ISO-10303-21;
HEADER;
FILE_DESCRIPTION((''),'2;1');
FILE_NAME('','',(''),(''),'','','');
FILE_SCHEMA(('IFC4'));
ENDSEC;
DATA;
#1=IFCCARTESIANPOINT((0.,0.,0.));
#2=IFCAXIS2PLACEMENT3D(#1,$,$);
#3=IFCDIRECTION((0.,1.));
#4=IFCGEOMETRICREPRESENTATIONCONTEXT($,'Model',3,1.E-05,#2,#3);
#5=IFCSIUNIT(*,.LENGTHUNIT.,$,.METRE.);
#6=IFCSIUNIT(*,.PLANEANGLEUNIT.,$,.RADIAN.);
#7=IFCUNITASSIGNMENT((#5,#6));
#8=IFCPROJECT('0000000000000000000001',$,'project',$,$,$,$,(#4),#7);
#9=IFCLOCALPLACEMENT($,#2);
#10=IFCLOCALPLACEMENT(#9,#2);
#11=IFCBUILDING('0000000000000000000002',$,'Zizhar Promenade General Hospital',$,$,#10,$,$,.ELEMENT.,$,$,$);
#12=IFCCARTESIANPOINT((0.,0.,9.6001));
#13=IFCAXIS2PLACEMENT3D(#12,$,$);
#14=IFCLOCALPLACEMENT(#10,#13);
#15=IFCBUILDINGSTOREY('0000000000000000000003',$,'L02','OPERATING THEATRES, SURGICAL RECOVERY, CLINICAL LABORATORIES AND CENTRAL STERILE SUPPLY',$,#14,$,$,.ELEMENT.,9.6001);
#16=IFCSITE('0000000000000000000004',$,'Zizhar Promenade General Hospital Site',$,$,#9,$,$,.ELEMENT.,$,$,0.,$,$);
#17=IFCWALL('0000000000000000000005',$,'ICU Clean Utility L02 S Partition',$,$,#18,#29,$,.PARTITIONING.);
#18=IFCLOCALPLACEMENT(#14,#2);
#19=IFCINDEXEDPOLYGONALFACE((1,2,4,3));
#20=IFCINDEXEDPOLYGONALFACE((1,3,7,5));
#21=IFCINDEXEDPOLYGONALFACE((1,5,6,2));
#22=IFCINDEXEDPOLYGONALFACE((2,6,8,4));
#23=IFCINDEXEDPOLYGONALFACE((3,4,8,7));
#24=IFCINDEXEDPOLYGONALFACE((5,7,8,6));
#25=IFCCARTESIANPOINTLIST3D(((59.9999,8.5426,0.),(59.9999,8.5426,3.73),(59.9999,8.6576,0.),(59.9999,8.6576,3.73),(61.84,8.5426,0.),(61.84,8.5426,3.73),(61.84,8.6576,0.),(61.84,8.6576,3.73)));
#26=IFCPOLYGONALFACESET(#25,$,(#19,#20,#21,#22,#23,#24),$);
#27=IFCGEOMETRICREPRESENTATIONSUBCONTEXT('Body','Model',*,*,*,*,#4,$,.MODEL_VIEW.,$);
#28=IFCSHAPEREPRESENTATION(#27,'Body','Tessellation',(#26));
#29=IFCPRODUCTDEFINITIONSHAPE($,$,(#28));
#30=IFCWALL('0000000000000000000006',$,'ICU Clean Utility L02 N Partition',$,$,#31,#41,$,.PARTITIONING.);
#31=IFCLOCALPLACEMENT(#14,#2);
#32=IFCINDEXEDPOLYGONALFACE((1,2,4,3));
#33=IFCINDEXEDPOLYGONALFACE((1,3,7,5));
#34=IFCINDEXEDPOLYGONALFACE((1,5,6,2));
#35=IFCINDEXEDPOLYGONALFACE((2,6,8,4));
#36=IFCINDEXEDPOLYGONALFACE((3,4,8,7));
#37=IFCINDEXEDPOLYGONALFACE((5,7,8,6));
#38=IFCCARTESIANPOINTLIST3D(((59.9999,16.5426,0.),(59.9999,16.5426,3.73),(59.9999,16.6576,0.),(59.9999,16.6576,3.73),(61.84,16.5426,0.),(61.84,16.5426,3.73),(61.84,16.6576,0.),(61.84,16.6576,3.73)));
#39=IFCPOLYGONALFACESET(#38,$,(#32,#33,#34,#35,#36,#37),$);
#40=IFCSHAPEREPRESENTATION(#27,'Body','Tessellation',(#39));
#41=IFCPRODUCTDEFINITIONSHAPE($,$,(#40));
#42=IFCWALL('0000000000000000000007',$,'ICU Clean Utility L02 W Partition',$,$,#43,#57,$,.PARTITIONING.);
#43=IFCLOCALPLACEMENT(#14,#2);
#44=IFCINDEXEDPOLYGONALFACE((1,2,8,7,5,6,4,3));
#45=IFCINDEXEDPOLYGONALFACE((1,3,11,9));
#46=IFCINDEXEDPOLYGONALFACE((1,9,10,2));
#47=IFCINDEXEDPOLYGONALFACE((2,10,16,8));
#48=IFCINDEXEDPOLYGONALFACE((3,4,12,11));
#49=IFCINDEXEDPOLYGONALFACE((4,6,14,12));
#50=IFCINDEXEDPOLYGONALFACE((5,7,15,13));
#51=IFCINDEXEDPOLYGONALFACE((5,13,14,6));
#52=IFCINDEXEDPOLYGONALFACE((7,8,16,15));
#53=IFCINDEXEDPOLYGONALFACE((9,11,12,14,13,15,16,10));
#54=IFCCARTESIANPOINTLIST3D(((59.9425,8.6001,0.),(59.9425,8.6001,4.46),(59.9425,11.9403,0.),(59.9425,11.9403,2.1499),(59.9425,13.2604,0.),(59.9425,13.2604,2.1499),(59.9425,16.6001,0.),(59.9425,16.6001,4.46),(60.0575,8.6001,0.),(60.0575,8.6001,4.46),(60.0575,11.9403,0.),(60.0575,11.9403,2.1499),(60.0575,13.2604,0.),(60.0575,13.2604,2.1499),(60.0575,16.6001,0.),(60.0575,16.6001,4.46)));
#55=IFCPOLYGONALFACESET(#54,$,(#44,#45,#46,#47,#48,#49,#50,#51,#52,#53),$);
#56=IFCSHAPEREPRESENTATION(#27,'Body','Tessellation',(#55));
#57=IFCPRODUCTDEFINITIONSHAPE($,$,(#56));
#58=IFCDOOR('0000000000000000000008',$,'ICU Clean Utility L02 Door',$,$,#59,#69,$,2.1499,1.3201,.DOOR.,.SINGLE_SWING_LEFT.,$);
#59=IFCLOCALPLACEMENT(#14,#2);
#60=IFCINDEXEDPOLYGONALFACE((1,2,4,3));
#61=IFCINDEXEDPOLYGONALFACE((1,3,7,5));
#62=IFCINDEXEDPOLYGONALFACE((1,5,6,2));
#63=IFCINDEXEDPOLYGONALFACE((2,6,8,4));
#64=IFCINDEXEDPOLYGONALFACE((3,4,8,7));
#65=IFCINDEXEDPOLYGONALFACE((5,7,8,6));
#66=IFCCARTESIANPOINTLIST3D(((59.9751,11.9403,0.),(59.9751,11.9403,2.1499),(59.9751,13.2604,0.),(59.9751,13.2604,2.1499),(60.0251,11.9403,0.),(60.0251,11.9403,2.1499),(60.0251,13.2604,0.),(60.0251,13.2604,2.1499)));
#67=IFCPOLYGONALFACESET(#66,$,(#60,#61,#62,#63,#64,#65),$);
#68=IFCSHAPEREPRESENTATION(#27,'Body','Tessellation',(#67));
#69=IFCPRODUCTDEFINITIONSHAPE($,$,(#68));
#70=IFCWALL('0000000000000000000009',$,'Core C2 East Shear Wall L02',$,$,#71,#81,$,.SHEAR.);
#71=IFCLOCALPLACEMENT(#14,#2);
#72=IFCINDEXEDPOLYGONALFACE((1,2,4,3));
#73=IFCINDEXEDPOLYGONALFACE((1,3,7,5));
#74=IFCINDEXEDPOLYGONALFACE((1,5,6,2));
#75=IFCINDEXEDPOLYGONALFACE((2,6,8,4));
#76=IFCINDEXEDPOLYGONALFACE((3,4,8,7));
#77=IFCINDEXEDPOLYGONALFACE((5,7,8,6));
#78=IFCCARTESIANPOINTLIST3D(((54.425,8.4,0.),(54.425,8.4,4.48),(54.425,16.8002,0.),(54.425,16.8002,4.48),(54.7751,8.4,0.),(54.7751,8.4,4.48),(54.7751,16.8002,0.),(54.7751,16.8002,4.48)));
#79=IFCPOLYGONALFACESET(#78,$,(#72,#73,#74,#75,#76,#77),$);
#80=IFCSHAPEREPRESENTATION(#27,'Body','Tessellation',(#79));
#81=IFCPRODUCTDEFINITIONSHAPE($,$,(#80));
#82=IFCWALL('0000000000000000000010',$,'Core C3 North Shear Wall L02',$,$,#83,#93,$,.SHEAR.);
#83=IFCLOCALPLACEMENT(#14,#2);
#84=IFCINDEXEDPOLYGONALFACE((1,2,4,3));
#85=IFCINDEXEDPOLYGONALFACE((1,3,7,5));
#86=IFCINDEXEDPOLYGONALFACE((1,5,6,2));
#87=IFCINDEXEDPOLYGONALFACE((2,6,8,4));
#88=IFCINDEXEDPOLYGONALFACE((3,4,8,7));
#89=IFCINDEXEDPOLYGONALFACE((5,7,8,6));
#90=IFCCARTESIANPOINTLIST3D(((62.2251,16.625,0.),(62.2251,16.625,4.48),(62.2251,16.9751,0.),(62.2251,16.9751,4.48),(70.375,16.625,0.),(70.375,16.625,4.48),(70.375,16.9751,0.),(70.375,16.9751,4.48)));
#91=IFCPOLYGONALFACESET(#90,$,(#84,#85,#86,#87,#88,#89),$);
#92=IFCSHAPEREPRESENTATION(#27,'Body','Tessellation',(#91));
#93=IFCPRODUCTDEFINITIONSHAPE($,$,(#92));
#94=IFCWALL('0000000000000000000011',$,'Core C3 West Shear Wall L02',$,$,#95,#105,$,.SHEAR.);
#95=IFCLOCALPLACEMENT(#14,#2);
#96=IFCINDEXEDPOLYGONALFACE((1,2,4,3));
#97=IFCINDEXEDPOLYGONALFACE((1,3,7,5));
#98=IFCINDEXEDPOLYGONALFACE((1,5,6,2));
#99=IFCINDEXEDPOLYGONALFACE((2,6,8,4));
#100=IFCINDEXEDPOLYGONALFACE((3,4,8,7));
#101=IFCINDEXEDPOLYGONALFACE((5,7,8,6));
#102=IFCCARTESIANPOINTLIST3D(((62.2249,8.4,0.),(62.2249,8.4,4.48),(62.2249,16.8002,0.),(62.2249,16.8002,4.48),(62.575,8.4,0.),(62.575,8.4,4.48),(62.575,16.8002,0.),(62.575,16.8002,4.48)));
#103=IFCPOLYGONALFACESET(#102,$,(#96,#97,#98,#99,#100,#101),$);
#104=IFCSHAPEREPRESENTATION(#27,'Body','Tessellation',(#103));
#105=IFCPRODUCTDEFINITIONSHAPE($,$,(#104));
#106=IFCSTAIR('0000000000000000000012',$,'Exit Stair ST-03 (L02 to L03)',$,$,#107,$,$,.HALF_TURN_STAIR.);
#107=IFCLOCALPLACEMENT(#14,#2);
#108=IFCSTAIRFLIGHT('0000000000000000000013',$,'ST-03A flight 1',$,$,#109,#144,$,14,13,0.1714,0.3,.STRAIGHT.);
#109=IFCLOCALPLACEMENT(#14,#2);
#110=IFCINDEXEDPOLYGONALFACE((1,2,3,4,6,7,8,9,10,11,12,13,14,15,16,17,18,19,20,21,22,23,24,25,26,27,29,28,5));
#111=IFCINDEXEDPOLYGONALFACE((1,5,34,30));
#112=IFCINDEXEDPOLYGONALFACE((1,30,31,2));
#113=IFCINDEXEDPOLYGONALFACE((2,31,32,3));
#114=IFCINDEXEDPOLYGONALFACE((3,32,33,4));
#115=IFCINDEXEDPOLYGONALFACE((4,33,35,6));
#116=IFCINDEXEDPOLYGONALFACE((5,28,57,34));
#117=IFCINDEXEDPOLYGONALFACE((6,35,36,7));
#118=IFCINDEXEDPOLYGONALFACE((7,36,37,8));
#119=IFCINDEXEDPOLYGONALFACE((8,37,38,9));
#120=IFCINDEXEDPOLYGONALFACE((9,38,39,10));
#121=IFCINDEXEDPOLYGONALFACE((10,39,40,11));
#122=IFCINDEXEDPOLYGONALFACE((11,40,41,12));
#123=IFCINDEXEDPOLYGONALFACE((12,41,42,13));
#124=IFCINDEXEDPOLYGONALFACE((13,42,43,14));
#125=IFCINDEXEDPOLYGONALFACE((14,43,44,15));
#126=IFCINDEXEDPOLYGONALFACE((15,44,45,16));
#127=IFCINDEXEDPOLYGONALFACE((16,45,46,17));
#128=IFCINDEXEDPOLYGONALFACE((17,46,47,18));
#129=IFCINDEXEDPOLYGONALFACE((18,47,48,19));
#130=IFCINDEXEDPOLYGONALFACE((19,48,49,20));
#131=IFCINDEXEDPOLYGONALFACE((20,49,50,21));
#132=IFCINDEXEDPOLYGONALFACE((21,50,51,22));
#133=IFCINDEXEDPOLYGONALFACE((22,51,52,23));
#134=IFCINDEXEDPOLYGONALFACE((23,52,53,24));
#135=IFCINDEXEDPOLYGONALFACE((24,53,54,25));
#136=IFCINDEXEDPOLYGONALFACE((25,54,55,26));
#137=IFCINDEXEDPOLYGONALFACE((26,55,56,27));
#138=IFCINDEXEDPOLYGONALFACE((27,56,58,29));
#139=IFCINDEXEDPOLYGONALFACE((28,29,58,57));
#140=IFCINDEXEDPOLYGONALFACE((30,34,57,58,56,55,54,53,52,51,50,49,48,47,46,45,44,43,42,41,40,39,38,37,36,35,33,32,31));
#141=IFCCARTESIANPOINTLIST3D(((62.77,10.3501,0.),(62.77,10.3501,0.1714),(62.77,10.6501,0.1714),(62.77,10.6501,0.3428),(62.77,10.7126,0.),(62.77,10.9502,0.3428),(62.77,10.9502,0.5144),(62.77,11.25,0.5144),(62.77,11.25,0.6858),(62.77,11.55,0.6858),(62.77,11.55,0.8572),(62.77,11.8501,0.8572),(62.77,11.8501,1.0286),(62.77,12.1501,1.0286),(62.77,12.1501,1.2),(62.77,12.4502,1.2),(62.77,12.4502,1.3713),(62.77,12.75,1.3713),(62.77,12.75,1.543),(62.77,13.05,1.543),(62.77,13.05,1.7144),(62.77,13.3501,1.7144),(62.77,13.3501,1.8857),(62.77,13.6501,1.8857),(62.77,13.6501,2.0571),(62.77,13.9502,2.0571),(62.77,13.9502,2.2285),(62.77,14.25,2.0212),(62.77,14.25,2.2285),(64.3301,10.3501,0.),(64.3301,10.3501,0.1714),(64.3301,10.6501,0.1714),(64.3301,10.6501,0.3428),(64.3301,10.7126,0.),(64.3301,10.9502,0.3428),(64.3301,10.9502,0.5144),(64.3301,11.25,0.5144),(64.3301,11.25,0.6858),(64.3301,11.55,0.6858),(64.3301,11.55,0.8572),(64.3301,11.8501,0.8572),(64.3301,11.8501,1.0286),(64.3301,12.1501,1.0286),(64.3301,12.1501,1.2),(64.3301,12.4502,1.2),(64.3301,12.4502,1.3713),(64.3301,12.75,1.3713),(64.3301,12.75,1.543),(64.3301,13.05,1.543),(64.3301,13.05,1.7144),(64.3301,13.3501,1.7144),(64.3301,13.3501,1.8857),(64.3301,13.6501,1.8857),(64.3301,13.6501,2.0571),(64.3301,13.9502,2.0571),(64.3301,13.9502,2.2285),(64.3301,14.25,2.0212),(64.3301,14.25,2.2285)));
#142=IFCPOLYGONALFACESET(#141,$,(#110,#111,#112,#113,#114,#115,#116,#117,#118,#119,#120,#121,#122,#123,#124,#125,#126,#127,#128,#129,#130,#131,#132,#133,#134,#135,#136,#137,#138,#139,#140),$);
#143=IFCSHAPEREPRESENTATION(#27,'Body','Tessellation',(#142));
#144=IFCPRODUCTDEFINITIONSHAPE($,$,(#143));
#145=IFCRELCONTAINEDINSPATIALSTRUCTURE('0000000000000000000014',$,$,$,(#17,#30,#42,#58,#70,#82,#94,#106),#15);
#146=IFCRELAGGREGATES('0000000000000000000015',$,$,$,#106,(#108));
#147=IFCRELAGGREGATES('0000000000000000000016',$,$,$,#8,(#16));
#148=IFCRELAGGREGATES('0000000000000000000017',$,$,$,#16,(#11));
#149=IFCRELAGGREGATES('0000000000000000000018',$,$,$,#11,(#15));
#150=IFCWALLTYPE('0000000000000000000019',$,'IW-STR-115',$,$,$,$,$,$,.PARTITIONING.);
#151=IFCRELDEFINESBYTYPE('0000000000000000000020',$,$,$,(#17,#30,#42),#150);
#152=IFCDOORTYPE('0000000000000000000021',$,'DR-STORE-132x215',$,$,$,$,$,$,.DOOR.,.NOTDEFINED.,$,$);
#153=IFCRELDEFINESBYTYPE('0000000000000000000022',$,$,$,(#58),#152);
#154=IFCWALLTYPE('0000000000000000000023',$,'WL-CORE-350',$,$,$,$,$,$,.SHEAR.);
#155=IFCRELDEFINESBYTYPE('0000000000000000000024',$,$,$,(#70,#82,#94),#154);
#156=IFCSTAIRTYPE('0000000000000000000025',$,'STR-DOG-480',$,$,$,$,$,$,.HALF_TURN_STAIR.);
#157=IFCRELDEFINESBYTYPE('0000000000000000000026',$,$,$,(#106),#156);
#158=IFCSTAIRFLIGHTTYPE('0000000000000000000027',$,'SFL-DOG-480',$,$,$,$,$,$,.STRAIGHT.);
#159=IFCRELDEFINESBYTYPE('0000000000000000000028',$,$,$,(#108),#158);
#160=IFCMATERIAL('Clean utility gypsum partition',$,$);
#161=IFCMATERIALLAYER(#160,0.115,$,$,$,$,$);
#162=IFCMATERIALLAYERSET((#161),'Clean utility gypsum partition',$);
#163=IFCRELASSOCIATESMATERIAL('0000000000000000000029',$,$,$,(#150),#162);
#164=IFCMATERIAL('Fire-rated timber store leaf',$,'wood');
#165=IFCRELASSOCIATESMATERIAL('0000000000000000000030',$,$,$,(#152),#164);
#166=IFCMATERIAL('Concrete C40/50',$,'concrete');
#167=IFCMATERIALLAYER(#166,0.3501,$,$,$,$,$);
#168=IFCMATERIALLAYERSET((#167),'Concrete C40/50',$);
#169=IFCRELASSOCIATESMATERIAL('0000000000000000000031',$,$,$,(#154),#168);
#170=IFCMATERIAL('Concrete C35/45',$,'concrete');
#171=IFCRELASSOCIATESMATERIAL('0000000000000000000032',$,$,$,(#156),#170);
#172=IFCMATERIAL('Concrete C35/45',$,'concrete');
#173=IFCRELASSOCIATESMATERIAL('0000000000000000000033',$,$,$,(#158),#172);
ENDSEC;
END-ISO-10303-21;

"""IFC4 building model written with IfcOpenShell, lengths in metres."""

from ifc_helpers import new_model, si_unit, direction, frame, frame_2d, origin, place, context, subcontext, project, spatial, polyline, rectangle, outline, extrude, material, layer, layer_set, type_object, element, fill, aggregate, save


model = new_model("IFC4")

# Units and contexts
model_context = context("Model", 3, precision=1e-05, world=origin(), true_north=direction((0.0, 1.0)))
body_context = subcontext(model_context, "Body", "Model", "MODEL_VIEW")
ifc_project = project(units=[si_unit("LENGTHUNIT", "METRE"), si_unit("PLANEANGLEUNIT", "RADIAN")], contexts=[model_context])

# Site, building, storey
site_placement = place(None, origin())
site = spatial("IfcSite", under=ifc_project, at=site_placement, Name="Zizhar Promenade General Hospital Site", CompositionType="ELEMENT", RefElevation=0.0)
building_placement = place(site_placement, origin())
building = spatial("IfcBuilding", under=site, at=building_placement, Name="Zizhar Promenade General Hospital", CompositionType="ELEMENT")
storey_placement = place(building_placement, frame((0.0, 0.0, 9.6001)))
storey = spatial("IfcBuildingStorey", under=building, at=storey_placement, Name="L02", Description="OPERATING THEATRES, SURGICAL RECOVERY, CLINICAL LABORATORIES AND CENTRAL STERILE SUPPLY", CompositionType="ELEMENT", Elevation=9.6001)

# Walls
ifc_material_1 = material(Name="Clean utility gypsum partition")
ifc_layer_1 = layer(ifc_material_1, 0.115)
ifc_layer_set_1 = layer_set([ifc_layer_1], Name="Clean utility gypsum partition")
wall_type_1 = type_object("IfcWallType", Name="IW-STR-115", PredefinedType="PARTITIONING", material=ifc_layer_set_1)
for number, where, z_axis, x_axis, name in (
    (1, (60.0, 8.6001, 0.0), (0.0, 0.0, 1.0), (1.0, 0.0, 0.0), "ICU Clean Utility L02 S Partition"),
    (2, (60.0, 16.6001, 0.0), (0.0, 0.0, 1.0), (1.0, 0.0, 0.0), "ICU Clean Utility L02 N Partition"),
):
    element("IfcWall", number, at=place(storey_placement, frame(where, z_axis=z_axis, x_axis=x_axis)), inside=storey, type_object=wall_type_1, Name=name, PredefinedType="PARTITIONING", context=body_context, shape_type="SweptSolid", body=[
        extrude(rectangle(XDim=1.8401, YDim=0.115, at=frame_2d((0.9199, 0.0))), origin(), (0.0, 0.0, 1.0), 3.73),
    ])

# Wall, opening, door
wall_1_placement = place(storey_placement, frame((60.0, 8.6001, 0.0), z_axis=(0.0, 0.0, 1.0), x_axis=(0.0, 1.0, 0.0)))
wall_1 = element("IfcWall", 3, at=wall_1_placement, inside=storey, type_object=wall_type_1, Name="ICU Clean Utility L02 W Partition", PredefinedType="PARTITIONING", context=body_context, shape_type="SweptSolid", body=[
    extrude(rectangle(XDim=8.0, YDim=0.115, at=frame_2d((4.0, 0.0))), origin(), (0.0, 0.0, 1.0), 4.46),
])
opening_1_placement = place(wall_1_placement, frame((3.3401, 0.0, 0.0)))
opening_1 = element("IfcOpeningElement", 4, at=opening_1_placement, cuts=wall_1, PredefinedType="OPENING", context=body_context, shape_type="SweptSolid", body=[
    extrude(rectangle(XDim=1.3201, YDim=2.1499, at=frame_2d((0.6602, 1.075))), frame((0.0, 0.0674, 0.0), z_axis=(0.0, -1.0, 0.0), x_axis=(1.0, 0.0, 0.0)), (0.0, 0.0, 1.0), 0.135),
])
ifc_material_2 = material(Name="Fire-rated timber store leaf", Category="wood")
door_type_1 = type_object("IfcDoorType", Name="DR-STORE-132x215", OperationType="NOTDEFINED", PredefinedType="DOOR", material=ifc_material_2)
door_1_placement = place(opening_1_placement, origin())
door_1 = element("IfcDoor", 5, at=door_1_placement, inside=storey, type_object=door_type_1, Name="ICU Clean Utility L02 Door", OperationType="SINGLE_SWING_LEFT", OverallHeight=2.1499, OverallWidth=1.3201, PredefinedType="DOOR", context=body_context, shape_type="SweptSolid", body=[
    extrude(rectangle(XDim=1.3201, YDim=2.1499, at=frame_2d((0.6602, 1.075))), frame((0.0, 0.0249, 0.0), z_axis=(0.0, -1.0, 0.0), x_axis=(1.0, 0.0, 0.0)), (0.0, 0.0, 1.0), 0.05),
])
fill(opening_1, door_1)

# Walls
ifc_material_3 = material(Name="Concrete C40/50", Category="concrete")
ifc_layer_2 = layer(ifc_material_3, 0.3501)
ifc_layer_set_2 = layer_set([ifc_layer_2], Name="Concrete C40/50")
wall_type_2 = type_object("IfcWallType", Name="WL-CORE-350", PredefinedType="SHEAR", material=ifc_layer_set_2)
wall_2_placement = place(storey_placement, frame((54.6001, 8.3999, 0.0), z_axis=(0.0, 0.0, 1.0), x_axis=(0.0, 1.0, 0.0)))
element("IfcWall", 6, at=wall_2_placement, inside=storey, type_object=wall_type_2, Name="Core C2 East Shear Wall L02", PredefinedType="SHEAR", context=body_context, shape_type="SweptSolid", body=[
    extrude(rectangle(XDim=8.4001, YDim=0.3501, at=frame_2d((4.2002, 0.0))), origin(), (0.0, 0.0, 1.0), 4.48),
])
wall_3_placement = place(storey_placement, frame((62.2251, 16.8, 0.0), z_axis=(0.0, 0.0, 1.0), x_axis=(1.0, 0.0, 0.0)))
element("IfcWall", 7, at=wall_3_placement, inside=storey, type_object=wall_type_2, Name="Core C3 North Shear Wall L02", PredefinedType="SHEAR", context=body_context, shape_type="SweptSolid", body=[
    extrude(rectangle(XDim=8.1499, YDim=0.3501, at=frame_2d((4.075, 0.0))), origin(), (0.0, 0.0, 1.0), 4.48),
])
wall_4_placement = place(storey_placement, frame((62.3999, 8.3999, 0.0), z_axis=(0.0, 0.0, 1.0), x_axis=(0.0, 1.0, 0.0)))
element("IfcWall", 8, at=wall_4_placement, inside=storey, type_object=wall_type_2, Name="Core C3 West Shear Wall L02", PredefinedType="SHEAR", context=body_context, shape_type="SweptSolid", body=[
    extrude(rectangle(XDim=8.4001, YDim=0.3501, at=frame_2d((4.2002, 0.0))), origin(), (0.0, 0.0, 1.0), 4.48),
])

# Stair, stair flight
ifc_material_4 = material(Name="Concrete C35/45", Category="concrete")
stair_type = type_object("IfcStairType", Name="STR-DOG-480", PredefinedType="HALF_TURN_STAIR", material=ifc_material_4)
stair_placement = place(storey_placement, origin())
stair = element("IfcStair", 9, at=stair_placement, inside=storey, type_object=stair_type, Name="Exit Stair ST-03 (L02 to L03)", PredefinedType="HALF_TURN_STAIR")
ifc_material_5 = material(Name="Concrete C35/45", Category="concrete")
stair_flight_type = type_object("IfcStairFlightType", Name="SFL-DOG-480", PredefinedType="STRAIGHT", material=ifc_material_5)
stair_flight_placement = place(storey_placement, frame((63.55, 10.3501, 0.0), z_axis=(0.0, 0.0, 1.0), x_axis=(0.0, 1.0, 0.0)))
stair_flight = element("IfcStairFlight", 10, at=stair_flight_placement, type_object=stair_flight_type, Name="ST-03A flight 1", NumberOfRisers=14, NumberOfTreads=13, PredefinedType="STRAIGHT", RiserHeight=0.1714, TreadLength=0.3, context=body_context, shape_type="SweptSolid", body=[
    extrude(outline(polyline([(0.0, 0.0), (0.0, 0.1714), (0.3, 0.1714), (0.3, 0.3428), (0.6001, 0.3428), (0.6001, 0.5144), (0.8999, 0.5144), (0.8999, 0.6858), (1.2, 0.6858), (1.2, 0.8572), (1.5, 0.8572), (1.5, 1.0286), (1.8, 1.0286), (1.8, 1.2), (2.1001, 1.2), (2.1001, 1.3713), (2.3999, 1.3713), (2.3999, 1.543), (2.7, 1.543), (2.7, 1.7144), (3.0, 1.7144), (3.0, 1.8857), (3.3, 1.8857), (3.3, 2.0571), (3.6001, 2.0571), (3.6001, 2.2285), (3.8999, 2.2285), (3.8999, 2.3999), (3.8999, 2.0212), (0.3625, 0.0), (0.0, 0.0)])), frame((0.0, 0.78, 0.0), z_axis=(0.0, -1.0, 0.0), x_axis=(1.0, 0.0, 0.0)), (0.0, 0.0, 1.0), 1.5601),
])
aggregate(stair, [stair_flight])

save(model, "model.ifc")
